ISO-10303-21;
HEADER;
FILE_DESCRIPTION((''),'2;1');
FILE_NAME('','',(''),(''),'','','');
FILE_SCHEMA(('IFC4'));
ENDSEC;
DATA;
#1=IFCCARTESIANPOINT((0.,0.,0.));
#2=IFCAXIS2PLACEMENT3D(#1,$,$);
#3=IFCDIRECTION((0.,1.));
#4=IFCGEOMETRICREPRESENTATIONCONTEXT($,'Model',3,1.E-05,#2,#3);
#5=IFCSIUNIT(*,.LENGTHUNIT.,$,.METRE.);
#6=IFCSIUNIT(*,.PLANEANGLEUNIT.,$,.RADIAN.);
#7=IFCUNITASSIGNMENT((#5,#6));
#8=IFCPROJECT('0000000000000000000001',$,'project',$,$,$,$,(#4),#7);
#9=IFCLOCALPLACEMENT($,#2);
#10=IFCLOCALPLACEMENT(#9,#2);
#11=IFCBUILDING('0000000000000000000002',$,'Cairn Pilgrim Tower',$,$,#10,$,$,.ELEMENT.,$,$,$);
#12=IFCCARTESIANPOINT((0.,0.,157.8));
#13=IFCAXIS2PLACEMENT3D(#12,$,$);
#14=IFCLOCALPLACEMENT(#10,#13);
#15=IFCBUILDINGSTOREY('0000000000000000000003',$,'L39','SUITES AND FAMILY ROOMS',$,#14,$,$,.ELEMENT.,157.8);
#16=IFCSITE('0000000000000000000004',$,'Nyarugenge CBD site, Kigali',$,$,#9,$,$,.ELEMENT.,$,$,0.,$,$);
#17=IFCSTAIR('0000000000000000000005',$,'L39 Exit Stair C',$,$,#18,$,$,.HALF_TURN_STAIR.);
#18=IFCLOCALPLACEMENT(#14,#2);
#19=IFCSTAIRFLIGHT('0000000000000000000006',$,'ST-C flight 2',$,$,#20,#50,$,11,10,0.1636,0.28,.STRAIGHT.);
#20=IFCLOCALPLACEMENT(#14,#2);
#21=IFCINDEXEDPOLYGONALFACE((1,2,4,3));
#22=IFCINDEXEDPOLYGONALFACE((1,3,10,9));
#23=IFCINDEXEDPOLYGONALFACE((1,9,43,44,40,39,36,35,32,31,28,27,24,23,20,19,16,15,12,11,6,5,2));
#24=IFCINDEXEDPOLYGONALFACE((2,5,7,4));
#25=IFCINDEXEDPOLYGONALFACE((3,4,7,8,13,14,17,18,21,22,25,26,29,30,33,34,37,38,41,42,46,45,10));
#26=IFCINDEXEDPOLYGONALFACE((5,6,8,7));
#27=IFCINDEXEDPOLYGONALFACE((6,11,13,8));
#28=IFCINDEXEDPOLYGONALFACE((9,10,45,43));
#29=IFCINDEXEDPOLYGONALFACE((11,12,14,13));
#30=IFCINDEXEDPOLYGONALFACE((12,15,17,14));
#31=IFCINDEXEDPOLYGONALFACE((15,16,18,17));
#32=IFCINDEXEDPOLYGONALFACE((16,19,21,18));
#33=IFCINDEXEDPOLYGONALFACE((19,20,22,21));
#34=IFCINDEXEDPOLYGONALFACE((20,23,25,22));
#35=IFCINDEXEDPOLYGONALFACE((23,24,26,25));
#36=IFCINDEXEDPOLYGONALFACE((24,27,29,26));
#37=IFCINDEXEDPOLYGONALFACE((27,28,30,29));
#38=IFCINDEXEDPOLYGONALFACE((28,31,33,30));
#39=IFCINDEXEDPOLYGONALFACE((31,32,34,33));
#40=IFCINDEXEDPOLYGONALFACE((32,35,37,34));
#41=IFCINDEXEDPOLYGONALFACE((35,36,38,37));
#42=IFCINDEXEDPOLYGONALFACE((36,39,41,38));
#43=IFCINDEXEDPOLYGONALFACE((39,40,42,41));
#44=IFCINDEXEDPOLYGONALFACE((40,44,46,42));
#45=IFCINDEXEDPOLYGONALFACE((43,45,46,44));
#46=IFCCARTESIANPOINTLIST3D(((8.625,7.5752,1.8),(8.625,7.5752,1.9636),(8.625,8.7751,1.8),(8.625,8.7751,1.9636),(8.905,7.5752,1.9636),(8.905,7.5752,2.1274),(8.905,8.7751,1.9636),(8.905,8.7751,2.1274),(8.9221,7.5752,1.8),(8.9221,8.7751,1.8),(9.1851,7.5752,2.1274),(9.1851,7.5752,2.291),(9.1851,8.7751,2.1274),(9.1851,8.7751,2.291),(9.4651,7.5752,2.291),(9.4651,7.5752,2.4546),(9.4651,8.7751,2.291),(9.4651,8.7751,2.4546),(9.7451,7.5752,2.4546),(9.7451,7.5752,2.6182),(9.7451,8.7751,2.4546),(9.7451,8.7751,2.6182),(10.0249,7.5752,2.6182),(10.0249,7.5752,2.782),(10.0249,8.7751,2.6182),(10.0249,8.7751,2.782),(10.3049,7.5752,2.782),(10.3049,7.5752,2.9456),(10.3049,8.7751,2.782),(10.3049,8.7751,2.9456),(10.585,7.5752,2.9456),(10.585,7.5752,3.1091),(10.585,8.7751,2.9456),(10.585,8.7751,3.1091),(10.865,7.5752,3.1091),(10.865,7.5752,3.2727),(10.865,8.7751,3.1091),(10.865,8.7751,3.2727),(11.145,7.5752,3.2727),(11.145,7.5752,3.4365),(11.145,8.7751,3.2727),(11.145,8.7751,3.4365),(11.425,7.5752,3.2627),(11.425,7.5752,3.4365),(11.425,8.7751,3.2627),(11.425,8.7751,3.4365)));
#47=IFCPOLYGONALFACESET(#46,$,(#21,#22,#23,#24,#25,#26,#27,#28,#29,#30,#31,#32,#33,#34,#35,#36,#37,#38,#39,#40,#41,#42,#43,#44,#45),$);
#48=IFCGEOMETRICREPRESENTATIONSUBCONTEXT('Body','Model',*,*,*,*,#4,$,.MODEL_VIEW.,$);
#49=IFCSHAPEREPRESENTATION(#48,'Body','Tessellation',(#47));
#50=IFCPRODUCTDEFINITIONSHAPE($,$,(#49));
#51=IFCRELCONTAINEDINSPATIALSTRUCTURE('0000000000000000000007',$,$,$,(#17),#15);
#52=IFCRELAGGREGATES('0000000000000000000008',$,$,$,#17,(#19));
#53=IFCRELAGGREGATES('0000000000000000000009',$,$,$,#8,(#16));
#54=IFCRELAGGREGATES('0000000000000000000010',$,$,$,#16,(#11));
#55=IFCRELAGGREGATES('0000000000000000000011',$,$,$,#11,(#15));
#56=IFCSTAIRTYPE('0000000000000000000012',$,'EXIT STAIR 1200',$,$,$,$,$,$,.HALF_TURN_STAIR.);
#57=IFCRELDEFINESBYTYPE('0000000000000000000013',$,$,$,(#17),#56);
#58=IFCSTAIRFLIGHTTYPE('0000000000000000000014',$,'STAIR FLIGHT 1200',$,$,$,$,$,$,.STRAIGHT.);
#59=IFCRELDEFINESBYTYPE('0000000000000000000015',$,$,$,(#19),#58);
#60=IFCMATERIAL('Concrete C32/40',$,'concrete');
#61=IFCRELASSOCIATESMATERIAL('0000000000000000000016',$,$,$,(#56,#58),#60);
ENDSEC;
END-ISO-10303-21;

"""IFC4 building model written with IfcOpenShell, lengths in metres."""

from ifc_helpers import new_model, si_unit, direction, frame, origin, place, context, subcontext, project, spatial, polyline, outline, extrude, material, type_object, element, aggregate, save


model = new_model("IFC4")

# Units and contexts
model_context = context("Model", 3, precision=1e-05, world=origin(), true_north=direction((0.0, 1.0)))
body_context = subcontext(model_context, "Body", "Model", "MODEL_VIEW")
ifc_project = project(units=[si_unit("LENGTHUNIT", "METRE"), si_unit("PLANEANGLEUNIT", "RADIAN")], contexts=[model_context])

# Site, building, storey
site_placement = place(None, origin())
site = spatial("IfcSite", under=ifc_project, at=site_placement, Name="Nyarugenge CBD site, Kigali", CompositionType="ELEMENT", RefElevation=0.0)
building_placement = place(site_placement, origin())
building = spatial("IfcBuilding", under=site, at=building_placement, Name="Cairn Pilgrim Tower", CompositionType="ELEMENT")
storey_placement = place(building_placement, frame((0.0, 0.0, 157.8)))
storey = spatial("IfcBuildingStorey", under=building, at=storey_placement, Name="L39", Description="SUITES AND FAMILY ROOMS", CompositionType="ELEMENT", Elevation=157.8)

# Shared definitions
ifc_material_1 = material(Name="Concrete C32/40", Category="concrete")

# Shared definitions
stair_type = type_object("IfcStairType", Name="EXIT STAIR 1200", PredefinedType="HALF_TURN_STAIR", material=ifc_material_1)
stair_flight_type = type_object("IfcStairFlightType", Name="STAIR FLIGHT 1200", PredefinedType="STRAIGHT", material=ifc_material_1)

# Stair, stair flight
stair_1_placement = place(storey_placement, origin())
stair_1 = element("IfcStair", 1, at=stair_1_placement, inside=storey, type_object=stair_type, Name="L39 Exit Stair C", PredefinedType="HALF_TURN_STAIR")
stair_flight_1_placement = place(storey_placement, frame((8.625, 8.175, 1.8), z_axis=(0.0, 0.0, 1.0), x_axis=(1.0, 0.0, 0.0)))
stair_flight_1 = element("IfcStairFlight", 2, at=stair_flight_1_placement, type_object=stair_flight_type, Name="ST-C flight 2", NumberOfRisers=11, NumberOfTreads=10, PredefinedType="STRAIGHT", RiserHeight=0.1636, TreadLength=0.28, context=body_context, shape_type="SweptSolid", body=[
    extrude(outline(polyline([(0.0, 0.0), (0.0, 0.1636), (0.28, 0.1636), (0.28, 0.3274), (0.5601, 0.3274), (0.5601, 0.491), (0.8401, 0.491), (0.8401, 0.6545), (1.1201, 0.6545), (1.1201, 0.8181), (1.3999, 0.8181), (1.3999, 0.9819), (1.6799, 0.9819), (1.6799, 1.1455), (1.96, 1.1455), (1.96, 1.3091), (2.24, 1.3091), (2.24, 1.4727), (2.52, 1.4727), (2.52, 1.6365), (2.8, 1.6365), (2.8, 1.8), (2.8, 1.4626), (0.2971, 0.0), (0.0, 0.0)])), frame((0.0, 0.6001, 0.0), z_axis=(0.0, -1.0, 0.0), x_axis=(1.0, 0.0, 0.0)), (0.0, 0.0, 1.0), 1.2),
])
aggregate(stair_1, [stair_flight_1])

save(model, "model.ifc")
